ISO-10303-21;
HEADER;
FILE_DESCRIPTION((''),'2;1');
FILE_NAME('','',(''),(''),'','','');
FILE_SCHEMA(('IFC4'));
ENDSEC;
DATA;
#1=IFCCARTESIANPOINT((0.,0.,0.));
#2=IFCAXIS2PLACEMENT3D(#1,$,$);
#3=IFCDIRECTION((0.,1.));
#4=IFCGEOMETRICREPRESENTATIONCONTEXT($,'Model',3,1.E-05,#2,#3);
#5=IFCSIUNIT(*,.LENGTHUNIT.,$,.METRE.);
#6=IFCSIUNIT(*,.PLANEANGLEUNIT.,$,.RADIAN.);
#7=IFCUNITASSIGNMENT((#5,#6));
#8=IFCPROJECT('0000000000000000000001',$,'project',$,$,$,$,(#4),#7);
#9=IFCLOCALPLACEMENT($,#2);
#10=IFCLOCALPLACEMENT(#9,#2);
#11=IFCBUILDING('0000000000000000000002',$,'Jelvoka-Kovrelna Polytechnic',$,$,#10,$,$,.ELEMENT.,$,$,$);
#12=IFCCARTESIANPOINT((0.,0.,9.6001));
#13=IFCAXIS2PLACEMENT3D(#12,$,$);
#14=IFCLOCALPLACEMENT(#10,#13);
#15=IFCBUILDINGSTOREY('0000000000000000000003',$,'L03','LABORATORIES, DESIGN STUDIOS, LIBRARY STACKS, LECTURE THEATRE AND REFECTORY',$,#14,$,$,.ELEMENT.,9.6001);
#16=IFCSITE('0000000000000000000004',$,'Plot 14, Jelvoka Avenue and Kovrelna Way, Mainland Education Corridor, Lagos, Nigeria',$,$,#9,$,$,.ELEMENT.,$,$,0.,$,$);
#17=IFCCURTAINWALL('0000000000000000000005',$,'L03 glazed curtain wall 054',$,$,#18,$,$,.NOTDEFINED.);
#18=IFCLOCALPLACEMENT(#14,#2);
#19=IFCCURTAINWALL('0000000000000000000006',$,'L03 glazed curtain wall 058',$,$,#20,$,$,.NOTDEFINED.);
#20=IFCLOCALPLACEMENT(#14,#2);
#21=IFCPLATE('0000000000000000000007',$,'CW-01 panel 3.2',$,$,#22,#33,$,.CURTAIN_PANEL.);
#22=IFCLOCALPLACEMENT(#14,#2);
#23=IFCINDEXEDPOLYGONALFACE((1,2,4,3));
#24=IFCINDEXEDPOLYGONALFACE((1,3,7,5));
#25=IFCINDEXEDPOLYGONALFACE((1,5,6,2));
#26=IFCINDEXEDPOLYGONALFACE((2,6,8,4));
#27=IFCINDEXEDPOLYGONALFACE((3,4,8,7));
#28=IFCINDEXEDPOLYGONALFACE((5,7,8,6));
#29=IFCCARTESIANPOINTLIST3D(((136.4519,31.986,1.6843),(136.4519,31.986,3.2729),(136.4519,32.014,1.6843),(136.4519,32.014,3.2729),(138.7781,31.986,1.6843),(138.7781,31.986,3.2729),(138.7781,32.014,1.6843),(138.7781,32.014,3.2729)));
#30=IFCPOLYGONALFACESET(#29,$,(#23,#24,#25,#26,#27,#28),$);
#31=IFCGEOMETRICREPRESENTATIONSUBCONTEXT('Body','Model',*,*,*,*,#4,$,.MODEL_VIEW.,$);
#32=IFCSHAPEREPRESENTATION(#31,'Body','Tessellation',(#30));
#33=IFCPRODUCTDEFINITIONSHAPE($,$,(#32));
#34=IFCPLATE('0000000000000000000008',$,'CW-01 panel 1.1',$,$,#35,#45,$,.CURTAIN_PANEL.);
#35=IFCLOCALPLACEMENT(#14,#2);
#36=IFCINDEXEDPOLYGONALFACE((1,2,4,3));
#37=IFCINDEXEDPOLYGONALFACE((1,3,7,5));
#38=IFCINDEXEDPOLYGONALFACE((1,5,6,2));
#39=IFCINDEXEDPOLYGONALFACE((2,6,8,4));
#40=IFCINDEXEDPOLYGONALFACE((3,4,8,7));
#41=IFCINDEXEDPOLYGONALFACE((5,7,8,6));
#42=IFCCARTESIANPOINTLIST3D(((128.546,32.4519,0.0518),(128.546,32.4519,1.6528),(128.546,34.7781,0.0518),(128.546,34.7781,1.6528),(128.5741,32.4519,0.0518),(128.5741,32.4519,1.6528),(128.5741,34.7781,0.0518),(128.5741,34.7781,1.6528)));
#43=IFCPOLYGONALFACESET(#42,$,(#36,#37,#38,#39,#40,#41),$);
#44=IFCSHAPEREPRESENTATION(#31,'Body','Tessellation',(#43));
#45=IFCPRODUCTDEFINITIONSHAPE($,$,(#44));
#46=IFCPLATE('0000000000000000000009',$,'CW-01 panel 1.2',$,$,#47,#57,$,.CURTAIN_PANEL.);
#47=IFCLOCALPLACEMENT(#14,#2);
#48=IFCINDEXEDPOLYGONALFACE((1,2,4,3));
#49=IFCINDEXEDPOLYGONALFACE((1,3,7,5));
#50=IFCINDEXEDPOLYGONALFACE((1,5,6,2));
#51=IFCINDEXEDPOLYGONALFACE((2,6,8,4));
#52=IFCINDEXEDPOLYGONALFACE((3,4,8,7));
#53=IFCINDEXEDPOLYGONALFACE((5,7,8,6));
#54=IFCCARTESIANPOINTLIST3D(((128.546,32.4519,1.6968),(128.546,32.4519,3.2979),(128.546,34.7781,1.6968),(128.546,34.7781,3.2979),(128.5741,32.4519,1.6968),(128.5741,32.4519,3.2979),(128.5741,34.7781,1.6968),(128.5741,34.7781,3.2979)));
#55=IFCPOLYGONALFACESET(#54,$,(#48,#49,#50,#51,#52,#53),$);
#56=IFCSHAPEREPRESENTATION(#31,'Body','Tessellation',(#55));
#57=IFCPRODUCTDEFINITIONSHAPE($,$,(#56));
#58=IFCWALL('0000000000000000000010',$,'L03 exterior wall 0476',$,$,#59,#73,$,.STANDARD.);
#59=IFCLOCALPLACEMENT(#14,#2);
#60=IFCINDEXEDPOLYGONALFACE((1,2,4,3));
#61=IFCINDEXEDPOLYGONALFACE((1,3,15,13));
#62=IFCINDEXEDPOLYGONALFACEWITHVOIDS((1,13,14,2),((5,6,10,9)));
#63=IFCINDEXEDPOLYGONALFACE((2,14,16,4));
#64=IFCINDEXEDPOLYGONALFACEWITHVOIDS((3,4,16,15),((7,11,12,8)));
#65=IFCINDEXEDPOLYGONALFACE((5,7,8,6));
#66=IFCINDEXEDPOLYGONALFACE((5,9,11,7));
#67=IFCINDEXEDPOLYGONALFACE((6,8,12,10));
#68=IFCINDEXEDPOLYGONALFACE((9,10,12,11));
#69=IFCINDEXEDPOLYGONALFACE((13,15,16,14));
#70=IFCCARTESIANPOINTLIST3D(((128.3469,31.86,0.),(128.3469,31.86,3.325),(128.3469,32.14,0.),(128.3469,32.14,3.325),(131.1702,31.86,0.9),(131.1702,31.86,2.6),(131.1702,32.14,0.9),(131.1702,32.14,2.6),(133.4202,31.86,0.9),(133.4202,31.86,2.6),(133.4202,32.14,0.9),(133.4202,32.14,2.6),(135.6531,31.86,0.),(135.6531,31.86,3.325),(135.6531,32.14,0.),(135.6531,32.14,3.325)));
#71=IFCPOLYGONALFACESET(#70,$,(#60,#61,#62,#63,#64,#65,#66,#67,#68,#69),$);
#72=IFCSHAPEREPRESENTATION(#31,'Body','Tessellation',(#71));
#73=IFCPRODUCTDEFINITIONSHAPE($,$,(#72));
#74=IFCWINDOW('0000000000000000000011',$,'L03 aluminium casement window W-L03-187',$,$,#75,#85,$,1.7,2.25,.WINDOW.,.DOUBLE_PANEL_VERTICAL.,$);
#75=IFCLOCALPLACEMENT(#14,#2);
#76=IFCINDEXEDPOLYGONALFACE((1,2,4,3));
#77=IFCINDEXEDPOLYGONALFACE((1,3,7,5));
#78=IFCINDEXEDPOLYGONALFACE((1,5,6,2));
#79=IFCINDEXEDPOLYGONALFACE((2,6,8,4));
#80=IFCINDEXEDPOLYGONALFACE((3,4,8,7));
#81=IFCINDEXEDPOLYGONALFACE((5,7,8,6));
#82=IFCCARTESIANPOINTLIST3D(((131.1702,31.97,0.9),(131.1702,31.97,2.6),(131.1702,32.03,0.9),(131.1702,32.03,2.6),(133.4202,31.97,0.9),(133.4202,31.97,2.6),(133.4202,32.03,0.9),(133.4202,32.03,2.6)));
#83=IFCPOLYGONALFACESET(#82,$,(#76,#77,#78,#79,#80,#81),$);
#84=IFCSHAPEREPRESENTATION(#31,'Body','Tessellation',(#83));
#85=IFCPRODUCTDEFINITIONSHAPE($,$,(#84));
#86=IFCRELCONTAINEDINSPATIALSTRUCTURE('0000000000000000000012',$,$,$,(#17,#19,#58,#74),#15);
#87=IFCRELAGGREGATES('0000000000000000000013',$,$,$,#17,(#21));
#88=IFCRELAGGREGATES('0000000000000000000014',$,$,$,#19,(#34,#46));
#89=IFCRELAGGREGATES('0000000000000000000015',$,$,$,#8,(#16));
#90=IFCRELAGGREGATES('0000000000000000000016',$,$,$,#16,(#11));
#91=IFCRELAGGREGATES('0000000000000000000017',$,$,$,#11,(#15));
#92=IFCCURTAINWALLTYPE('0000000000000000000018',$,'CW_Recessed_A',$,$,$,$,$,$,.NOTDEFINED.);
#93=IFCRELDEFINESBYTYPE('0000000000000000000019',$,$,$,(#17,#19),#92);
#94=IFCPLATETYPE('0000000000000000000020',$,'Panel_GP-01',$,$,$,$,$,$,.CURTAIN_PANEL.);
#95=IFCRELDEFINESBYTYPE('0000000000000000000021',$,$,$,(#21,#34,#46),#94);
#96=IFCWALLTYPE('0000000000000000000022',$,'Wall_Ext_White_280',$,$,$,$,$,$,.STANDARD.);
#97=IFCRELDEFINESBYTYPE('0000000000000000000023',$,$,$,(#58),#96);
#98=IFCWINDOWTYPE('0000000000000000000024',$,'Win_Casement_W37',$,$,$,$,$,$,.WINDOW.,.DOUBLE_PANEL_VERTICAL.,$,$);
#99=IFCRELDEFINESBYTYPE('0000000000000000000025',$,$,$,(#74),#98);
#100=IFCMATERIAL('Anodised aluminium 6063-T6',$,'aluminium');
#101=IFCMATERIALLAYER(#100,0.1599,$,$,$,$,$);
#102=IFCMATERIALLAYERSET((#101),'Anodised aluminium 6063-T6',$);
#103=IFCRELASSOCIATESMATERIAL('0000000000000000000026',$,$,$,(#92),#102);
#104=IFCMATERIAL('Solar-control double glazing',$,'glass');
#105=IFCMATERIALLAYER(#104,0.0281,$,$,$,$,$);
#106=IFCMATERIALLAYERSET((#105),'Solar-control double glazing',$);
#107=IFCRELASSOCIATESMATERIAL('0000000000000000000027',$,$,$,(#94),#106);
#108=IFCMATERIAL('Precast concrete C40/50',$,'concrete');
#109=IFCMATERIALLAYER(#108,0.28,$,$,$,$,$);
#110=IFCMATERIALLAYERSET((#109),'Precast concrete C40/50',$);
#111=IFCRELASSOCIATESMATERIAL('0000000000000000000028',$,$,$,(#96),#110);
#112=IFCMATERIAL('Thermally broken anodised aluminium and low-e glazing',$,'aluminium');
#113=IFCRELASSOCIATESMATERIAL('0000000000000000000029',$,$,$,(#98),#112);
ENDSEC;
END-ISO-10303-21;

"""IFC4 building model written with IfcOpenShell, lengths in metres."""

from ifc_helpers import new_model, si_unit, direction, frame, frame_2d, origin, origin_2d, place, context, subcontext, project, spatial, rectangle, extrude, material, layer, layer_set, type_object, element, fill, aggregate, save


model = new_model("IFC4")

# Units and contexts
model_context = context("Model", 3, precision=1e-05, world=origin(), true_north=direction((0.0, 1.0)))
body_context = subcontext(model_context, "Body", "Model", "MODEL_VIEW")
ifc_project = project(units=[si_unit("LENGTHUNIT", "METRE"), si_unit("PLANEANGLEUNIT", "RADIAN")], contexts=[model_context])

# Site, building, storey
site_placement = place(None, origin())
site = spatial("IfcSite", under=ifc_project, at=site_placement, Name="Plot 14, Jelvoka Avenue and Kovrelna Way, Mainland Education Corridor, Lagos, Nigeria", CompositionType="ELEMENT", RefElevation=0.0)
building_placement = place(site_placement, origin())
building = spatial("IfcBuilding", under=site, at=building_placement, Name="Jelvoka-Kovrelna Polytechnic", CompositionType="ELEMENT")
storey_placement = place(building_placement, frame((0.0, 0.0, 9.6001)))
storey = spatial("IfcBuildingStorey", under=building, at=storey_placement, Name="L03", Description="LABORATORIES, DESIGN STUDIOS, LIBRARY STACKS, LECTURE THEATRE AND REFECTORY", CompositionType="ELEMENT", Elevation=9.6001)

# Curtain wall
ifc_material_1 = material(Name="Anodised aluminium 6063-T6", Category="aluminium")
ifc_layer_1 = layer(ifc_material_1, 0.1599)
ifc_layer_set_1 = layer_set([ifc_layer_1], Name="Anodised aluminium 6063-T6")
curtain_wall_type = type_object("IfcCurtainWallType", Name="CW_Recessed_A", PredefinedType="NOTDEFINED", material=ifc_layer_set_1)
curtain_wall_1_placement = place(storey_placement, origin())
curtain_wall_1 = element("IfcCurtainWall", 1, at=curtain_wall_1_placement, inside=storey, type_object=curtain_wall_type, Name="L03 glazed curtain wall 054", PredefinedType="NOTDEFINED")

# Curtain wall
curtain_wall_2_placement = place(storey_placement, origin())
curtain_wall_2 = element("IfcCurtainWall", 2, at=curtain_wall_2_placement, inside=storey, type_object=curtain_wall_type, Name="L03 glazed curtain wall 058", PredefinedType="NOTDEFINED")

# Plates
ifc_material_2 = material(Name="Solar-control double glazing", Category="glass")
ifc_layer_2 = layer(ifc_material_2, 0.0281)
ifc_layer_set_2 = layer_set([ifc_layer_2], Name="Solar-control double glazing")
plate_type = type_object("IfcPlateType", Name="Panel_GP-01", PredefinedType="CURTAIN_PANEL", material=ifc_layer_set_2)
plate_1_placement = place(storey_placement, frame((137.615, 32.0, 1.6843), z_axis=(0.0, 0.0, 1.0), x_axis=(-1.0, 0.0, 0.0)))
plate_1 = element("IfcPlate", 3, at=plate_1_placement, type_object=plate_type, Name="CW-01 panel 3.2", PredefinedType="CURTAIN_PANEL", context=body_context, shape_type="SweptSolid", body=[
    extrude(rectangle(XDim=2.3262, YDim=0.0281, at=origin_2d()), origin(), (0.0, 0.0, 1.0), 1.5886),
])
aggregate(curtain_wall_1, [plate_1])
plate_2_placement = place(storey_placement, frame((128.5601, 33.615, 0.0518), z_axis=(0.0, 0.0, 1.0), x_axis=(0.0, 1.0, 0.0)))
plate_2 = element("IfcPlate", 4, at=plate_2_placement, type_object=plate_type, Name="CW-01 panel 1.1", PredefinedType="CURTAIN_PANEL", context=body_context, shape_type="SweptSolid", body=[
    extrude(rectangle(XDim=2.3262, YDim=0.0281, at=origin_2d()), origin(), (0.0, 0.0, 1.0), 1.6011),
])
plate_3_placement = place(storey_placement, frame((128.5601, 33.615, 1.6968), z_axis=(0.0, 0.0, 1.0), x_axis=(0.0, 1.0, 0.0)))
plate_3 = element("IfcPlate", 5, at=plate_3_placement, type_object=plate_type, Name="CW-01 panel 1.2", PredefinedType="CURTAIN_PANEL", context=body_context, shape_type="SweptSolid", body=[
    extrude(rectangle(XDim=2.3262, YDim=0.0281, at=origin_2d()), origin(), (0.0, 0.0, 1.0), 1.6011),
])
aggregate(curtain_wall_2, [plate_2, plate_3])

# Wall, opening, window
ifc_material_3 = material(Name="Precast concrete C40/50", Category="concrete")
ifc_layer_3 = layer(ifc_material_3, 0.28)
ifc_layer_set_3 = layer_set([ifc_layer_3], Name="Precast concrete C40/50")
wall_type = type_object("IfcWallType", Name="Wall_Ext_White_280", PredefinedType="STANDARD", material=ifc_layer_set_3)
wall_placement = place(storey_placement, frame((135.6531, 32.0, 0.0), z_axis=(0.0, 0.0, 1.0), x_axis=(-1.0, 0.0, 0.0)))
wall = element("IfcWall", 6, at=wall_placement, inside=storey, type_object=wall_type, Name="L03 exterior wall 0476", PredefinedType="STANDARD", context=body_context, shape_type="SweptSolid", body=[
    extrude(rectangle(XDim=7.3062, YDim=0.28, at=frame_2d((3.6531, 0.0))), origin(), (0.0, 0.0, 1.0), 3.325),
])
opening_placement = place(wall_placement, frame((2.2329, 0.0, 0.8999)))
opening = element("IfcOpeningElement", 7, at=opening_placement, cuts=wall, PredefinedType="OPENING", context=body_context, shape_type="SweptSolid", body=[
    extrude(rectangle(XDim=2.25, YDim=1.7, at=frame_2d((1.125, 0.8501))), frame((0.0, 0.1501, 0.0), z_axis=(0.0, -1.0, 0.0), x_axis=(1.0, 0.0, 0.0)), (0.0, 0.0, 1.0), 0.3),
])
ifc_material_4 = material(Name="Thermally broken anodised aluminium and low-e glazing", Category="aluminium")
window_type = type_object("IfcWindowType", Name="Win_Casement_W37", PartitioningType="DOUBLE_PANEL_VERTICAL", PredefinedType="WINDOW", material=ifc_material_4)
window_placement = place(opening_placement, origin())
window = element("IfcWindow", 8, at=window_placement, inside=storey, type_object=window_type, Name="L03 aluminium casement window W-L03-187", OverallHeight=1.7, OverallWidth=2.25, PartitioningType="DOUBLE_PANEL_VERTICAL", PredefinedType="WINDOW", context=body_context, shape_type="SweptSolid", body=[
    extrude(rectangle(XDim=2.25, YDim=1.7, at=frame_2d((1.125, 0.8501))), frame((0.0, 0.03, 0.0), z_axis=(0.0, -1.0, 0.0), x_axis=(1.0, 0.0, 0.0)), (0.0, 0.0, 1.0), 0.0601),
])
fill(opening, window)

save(model, "model.ifc")
